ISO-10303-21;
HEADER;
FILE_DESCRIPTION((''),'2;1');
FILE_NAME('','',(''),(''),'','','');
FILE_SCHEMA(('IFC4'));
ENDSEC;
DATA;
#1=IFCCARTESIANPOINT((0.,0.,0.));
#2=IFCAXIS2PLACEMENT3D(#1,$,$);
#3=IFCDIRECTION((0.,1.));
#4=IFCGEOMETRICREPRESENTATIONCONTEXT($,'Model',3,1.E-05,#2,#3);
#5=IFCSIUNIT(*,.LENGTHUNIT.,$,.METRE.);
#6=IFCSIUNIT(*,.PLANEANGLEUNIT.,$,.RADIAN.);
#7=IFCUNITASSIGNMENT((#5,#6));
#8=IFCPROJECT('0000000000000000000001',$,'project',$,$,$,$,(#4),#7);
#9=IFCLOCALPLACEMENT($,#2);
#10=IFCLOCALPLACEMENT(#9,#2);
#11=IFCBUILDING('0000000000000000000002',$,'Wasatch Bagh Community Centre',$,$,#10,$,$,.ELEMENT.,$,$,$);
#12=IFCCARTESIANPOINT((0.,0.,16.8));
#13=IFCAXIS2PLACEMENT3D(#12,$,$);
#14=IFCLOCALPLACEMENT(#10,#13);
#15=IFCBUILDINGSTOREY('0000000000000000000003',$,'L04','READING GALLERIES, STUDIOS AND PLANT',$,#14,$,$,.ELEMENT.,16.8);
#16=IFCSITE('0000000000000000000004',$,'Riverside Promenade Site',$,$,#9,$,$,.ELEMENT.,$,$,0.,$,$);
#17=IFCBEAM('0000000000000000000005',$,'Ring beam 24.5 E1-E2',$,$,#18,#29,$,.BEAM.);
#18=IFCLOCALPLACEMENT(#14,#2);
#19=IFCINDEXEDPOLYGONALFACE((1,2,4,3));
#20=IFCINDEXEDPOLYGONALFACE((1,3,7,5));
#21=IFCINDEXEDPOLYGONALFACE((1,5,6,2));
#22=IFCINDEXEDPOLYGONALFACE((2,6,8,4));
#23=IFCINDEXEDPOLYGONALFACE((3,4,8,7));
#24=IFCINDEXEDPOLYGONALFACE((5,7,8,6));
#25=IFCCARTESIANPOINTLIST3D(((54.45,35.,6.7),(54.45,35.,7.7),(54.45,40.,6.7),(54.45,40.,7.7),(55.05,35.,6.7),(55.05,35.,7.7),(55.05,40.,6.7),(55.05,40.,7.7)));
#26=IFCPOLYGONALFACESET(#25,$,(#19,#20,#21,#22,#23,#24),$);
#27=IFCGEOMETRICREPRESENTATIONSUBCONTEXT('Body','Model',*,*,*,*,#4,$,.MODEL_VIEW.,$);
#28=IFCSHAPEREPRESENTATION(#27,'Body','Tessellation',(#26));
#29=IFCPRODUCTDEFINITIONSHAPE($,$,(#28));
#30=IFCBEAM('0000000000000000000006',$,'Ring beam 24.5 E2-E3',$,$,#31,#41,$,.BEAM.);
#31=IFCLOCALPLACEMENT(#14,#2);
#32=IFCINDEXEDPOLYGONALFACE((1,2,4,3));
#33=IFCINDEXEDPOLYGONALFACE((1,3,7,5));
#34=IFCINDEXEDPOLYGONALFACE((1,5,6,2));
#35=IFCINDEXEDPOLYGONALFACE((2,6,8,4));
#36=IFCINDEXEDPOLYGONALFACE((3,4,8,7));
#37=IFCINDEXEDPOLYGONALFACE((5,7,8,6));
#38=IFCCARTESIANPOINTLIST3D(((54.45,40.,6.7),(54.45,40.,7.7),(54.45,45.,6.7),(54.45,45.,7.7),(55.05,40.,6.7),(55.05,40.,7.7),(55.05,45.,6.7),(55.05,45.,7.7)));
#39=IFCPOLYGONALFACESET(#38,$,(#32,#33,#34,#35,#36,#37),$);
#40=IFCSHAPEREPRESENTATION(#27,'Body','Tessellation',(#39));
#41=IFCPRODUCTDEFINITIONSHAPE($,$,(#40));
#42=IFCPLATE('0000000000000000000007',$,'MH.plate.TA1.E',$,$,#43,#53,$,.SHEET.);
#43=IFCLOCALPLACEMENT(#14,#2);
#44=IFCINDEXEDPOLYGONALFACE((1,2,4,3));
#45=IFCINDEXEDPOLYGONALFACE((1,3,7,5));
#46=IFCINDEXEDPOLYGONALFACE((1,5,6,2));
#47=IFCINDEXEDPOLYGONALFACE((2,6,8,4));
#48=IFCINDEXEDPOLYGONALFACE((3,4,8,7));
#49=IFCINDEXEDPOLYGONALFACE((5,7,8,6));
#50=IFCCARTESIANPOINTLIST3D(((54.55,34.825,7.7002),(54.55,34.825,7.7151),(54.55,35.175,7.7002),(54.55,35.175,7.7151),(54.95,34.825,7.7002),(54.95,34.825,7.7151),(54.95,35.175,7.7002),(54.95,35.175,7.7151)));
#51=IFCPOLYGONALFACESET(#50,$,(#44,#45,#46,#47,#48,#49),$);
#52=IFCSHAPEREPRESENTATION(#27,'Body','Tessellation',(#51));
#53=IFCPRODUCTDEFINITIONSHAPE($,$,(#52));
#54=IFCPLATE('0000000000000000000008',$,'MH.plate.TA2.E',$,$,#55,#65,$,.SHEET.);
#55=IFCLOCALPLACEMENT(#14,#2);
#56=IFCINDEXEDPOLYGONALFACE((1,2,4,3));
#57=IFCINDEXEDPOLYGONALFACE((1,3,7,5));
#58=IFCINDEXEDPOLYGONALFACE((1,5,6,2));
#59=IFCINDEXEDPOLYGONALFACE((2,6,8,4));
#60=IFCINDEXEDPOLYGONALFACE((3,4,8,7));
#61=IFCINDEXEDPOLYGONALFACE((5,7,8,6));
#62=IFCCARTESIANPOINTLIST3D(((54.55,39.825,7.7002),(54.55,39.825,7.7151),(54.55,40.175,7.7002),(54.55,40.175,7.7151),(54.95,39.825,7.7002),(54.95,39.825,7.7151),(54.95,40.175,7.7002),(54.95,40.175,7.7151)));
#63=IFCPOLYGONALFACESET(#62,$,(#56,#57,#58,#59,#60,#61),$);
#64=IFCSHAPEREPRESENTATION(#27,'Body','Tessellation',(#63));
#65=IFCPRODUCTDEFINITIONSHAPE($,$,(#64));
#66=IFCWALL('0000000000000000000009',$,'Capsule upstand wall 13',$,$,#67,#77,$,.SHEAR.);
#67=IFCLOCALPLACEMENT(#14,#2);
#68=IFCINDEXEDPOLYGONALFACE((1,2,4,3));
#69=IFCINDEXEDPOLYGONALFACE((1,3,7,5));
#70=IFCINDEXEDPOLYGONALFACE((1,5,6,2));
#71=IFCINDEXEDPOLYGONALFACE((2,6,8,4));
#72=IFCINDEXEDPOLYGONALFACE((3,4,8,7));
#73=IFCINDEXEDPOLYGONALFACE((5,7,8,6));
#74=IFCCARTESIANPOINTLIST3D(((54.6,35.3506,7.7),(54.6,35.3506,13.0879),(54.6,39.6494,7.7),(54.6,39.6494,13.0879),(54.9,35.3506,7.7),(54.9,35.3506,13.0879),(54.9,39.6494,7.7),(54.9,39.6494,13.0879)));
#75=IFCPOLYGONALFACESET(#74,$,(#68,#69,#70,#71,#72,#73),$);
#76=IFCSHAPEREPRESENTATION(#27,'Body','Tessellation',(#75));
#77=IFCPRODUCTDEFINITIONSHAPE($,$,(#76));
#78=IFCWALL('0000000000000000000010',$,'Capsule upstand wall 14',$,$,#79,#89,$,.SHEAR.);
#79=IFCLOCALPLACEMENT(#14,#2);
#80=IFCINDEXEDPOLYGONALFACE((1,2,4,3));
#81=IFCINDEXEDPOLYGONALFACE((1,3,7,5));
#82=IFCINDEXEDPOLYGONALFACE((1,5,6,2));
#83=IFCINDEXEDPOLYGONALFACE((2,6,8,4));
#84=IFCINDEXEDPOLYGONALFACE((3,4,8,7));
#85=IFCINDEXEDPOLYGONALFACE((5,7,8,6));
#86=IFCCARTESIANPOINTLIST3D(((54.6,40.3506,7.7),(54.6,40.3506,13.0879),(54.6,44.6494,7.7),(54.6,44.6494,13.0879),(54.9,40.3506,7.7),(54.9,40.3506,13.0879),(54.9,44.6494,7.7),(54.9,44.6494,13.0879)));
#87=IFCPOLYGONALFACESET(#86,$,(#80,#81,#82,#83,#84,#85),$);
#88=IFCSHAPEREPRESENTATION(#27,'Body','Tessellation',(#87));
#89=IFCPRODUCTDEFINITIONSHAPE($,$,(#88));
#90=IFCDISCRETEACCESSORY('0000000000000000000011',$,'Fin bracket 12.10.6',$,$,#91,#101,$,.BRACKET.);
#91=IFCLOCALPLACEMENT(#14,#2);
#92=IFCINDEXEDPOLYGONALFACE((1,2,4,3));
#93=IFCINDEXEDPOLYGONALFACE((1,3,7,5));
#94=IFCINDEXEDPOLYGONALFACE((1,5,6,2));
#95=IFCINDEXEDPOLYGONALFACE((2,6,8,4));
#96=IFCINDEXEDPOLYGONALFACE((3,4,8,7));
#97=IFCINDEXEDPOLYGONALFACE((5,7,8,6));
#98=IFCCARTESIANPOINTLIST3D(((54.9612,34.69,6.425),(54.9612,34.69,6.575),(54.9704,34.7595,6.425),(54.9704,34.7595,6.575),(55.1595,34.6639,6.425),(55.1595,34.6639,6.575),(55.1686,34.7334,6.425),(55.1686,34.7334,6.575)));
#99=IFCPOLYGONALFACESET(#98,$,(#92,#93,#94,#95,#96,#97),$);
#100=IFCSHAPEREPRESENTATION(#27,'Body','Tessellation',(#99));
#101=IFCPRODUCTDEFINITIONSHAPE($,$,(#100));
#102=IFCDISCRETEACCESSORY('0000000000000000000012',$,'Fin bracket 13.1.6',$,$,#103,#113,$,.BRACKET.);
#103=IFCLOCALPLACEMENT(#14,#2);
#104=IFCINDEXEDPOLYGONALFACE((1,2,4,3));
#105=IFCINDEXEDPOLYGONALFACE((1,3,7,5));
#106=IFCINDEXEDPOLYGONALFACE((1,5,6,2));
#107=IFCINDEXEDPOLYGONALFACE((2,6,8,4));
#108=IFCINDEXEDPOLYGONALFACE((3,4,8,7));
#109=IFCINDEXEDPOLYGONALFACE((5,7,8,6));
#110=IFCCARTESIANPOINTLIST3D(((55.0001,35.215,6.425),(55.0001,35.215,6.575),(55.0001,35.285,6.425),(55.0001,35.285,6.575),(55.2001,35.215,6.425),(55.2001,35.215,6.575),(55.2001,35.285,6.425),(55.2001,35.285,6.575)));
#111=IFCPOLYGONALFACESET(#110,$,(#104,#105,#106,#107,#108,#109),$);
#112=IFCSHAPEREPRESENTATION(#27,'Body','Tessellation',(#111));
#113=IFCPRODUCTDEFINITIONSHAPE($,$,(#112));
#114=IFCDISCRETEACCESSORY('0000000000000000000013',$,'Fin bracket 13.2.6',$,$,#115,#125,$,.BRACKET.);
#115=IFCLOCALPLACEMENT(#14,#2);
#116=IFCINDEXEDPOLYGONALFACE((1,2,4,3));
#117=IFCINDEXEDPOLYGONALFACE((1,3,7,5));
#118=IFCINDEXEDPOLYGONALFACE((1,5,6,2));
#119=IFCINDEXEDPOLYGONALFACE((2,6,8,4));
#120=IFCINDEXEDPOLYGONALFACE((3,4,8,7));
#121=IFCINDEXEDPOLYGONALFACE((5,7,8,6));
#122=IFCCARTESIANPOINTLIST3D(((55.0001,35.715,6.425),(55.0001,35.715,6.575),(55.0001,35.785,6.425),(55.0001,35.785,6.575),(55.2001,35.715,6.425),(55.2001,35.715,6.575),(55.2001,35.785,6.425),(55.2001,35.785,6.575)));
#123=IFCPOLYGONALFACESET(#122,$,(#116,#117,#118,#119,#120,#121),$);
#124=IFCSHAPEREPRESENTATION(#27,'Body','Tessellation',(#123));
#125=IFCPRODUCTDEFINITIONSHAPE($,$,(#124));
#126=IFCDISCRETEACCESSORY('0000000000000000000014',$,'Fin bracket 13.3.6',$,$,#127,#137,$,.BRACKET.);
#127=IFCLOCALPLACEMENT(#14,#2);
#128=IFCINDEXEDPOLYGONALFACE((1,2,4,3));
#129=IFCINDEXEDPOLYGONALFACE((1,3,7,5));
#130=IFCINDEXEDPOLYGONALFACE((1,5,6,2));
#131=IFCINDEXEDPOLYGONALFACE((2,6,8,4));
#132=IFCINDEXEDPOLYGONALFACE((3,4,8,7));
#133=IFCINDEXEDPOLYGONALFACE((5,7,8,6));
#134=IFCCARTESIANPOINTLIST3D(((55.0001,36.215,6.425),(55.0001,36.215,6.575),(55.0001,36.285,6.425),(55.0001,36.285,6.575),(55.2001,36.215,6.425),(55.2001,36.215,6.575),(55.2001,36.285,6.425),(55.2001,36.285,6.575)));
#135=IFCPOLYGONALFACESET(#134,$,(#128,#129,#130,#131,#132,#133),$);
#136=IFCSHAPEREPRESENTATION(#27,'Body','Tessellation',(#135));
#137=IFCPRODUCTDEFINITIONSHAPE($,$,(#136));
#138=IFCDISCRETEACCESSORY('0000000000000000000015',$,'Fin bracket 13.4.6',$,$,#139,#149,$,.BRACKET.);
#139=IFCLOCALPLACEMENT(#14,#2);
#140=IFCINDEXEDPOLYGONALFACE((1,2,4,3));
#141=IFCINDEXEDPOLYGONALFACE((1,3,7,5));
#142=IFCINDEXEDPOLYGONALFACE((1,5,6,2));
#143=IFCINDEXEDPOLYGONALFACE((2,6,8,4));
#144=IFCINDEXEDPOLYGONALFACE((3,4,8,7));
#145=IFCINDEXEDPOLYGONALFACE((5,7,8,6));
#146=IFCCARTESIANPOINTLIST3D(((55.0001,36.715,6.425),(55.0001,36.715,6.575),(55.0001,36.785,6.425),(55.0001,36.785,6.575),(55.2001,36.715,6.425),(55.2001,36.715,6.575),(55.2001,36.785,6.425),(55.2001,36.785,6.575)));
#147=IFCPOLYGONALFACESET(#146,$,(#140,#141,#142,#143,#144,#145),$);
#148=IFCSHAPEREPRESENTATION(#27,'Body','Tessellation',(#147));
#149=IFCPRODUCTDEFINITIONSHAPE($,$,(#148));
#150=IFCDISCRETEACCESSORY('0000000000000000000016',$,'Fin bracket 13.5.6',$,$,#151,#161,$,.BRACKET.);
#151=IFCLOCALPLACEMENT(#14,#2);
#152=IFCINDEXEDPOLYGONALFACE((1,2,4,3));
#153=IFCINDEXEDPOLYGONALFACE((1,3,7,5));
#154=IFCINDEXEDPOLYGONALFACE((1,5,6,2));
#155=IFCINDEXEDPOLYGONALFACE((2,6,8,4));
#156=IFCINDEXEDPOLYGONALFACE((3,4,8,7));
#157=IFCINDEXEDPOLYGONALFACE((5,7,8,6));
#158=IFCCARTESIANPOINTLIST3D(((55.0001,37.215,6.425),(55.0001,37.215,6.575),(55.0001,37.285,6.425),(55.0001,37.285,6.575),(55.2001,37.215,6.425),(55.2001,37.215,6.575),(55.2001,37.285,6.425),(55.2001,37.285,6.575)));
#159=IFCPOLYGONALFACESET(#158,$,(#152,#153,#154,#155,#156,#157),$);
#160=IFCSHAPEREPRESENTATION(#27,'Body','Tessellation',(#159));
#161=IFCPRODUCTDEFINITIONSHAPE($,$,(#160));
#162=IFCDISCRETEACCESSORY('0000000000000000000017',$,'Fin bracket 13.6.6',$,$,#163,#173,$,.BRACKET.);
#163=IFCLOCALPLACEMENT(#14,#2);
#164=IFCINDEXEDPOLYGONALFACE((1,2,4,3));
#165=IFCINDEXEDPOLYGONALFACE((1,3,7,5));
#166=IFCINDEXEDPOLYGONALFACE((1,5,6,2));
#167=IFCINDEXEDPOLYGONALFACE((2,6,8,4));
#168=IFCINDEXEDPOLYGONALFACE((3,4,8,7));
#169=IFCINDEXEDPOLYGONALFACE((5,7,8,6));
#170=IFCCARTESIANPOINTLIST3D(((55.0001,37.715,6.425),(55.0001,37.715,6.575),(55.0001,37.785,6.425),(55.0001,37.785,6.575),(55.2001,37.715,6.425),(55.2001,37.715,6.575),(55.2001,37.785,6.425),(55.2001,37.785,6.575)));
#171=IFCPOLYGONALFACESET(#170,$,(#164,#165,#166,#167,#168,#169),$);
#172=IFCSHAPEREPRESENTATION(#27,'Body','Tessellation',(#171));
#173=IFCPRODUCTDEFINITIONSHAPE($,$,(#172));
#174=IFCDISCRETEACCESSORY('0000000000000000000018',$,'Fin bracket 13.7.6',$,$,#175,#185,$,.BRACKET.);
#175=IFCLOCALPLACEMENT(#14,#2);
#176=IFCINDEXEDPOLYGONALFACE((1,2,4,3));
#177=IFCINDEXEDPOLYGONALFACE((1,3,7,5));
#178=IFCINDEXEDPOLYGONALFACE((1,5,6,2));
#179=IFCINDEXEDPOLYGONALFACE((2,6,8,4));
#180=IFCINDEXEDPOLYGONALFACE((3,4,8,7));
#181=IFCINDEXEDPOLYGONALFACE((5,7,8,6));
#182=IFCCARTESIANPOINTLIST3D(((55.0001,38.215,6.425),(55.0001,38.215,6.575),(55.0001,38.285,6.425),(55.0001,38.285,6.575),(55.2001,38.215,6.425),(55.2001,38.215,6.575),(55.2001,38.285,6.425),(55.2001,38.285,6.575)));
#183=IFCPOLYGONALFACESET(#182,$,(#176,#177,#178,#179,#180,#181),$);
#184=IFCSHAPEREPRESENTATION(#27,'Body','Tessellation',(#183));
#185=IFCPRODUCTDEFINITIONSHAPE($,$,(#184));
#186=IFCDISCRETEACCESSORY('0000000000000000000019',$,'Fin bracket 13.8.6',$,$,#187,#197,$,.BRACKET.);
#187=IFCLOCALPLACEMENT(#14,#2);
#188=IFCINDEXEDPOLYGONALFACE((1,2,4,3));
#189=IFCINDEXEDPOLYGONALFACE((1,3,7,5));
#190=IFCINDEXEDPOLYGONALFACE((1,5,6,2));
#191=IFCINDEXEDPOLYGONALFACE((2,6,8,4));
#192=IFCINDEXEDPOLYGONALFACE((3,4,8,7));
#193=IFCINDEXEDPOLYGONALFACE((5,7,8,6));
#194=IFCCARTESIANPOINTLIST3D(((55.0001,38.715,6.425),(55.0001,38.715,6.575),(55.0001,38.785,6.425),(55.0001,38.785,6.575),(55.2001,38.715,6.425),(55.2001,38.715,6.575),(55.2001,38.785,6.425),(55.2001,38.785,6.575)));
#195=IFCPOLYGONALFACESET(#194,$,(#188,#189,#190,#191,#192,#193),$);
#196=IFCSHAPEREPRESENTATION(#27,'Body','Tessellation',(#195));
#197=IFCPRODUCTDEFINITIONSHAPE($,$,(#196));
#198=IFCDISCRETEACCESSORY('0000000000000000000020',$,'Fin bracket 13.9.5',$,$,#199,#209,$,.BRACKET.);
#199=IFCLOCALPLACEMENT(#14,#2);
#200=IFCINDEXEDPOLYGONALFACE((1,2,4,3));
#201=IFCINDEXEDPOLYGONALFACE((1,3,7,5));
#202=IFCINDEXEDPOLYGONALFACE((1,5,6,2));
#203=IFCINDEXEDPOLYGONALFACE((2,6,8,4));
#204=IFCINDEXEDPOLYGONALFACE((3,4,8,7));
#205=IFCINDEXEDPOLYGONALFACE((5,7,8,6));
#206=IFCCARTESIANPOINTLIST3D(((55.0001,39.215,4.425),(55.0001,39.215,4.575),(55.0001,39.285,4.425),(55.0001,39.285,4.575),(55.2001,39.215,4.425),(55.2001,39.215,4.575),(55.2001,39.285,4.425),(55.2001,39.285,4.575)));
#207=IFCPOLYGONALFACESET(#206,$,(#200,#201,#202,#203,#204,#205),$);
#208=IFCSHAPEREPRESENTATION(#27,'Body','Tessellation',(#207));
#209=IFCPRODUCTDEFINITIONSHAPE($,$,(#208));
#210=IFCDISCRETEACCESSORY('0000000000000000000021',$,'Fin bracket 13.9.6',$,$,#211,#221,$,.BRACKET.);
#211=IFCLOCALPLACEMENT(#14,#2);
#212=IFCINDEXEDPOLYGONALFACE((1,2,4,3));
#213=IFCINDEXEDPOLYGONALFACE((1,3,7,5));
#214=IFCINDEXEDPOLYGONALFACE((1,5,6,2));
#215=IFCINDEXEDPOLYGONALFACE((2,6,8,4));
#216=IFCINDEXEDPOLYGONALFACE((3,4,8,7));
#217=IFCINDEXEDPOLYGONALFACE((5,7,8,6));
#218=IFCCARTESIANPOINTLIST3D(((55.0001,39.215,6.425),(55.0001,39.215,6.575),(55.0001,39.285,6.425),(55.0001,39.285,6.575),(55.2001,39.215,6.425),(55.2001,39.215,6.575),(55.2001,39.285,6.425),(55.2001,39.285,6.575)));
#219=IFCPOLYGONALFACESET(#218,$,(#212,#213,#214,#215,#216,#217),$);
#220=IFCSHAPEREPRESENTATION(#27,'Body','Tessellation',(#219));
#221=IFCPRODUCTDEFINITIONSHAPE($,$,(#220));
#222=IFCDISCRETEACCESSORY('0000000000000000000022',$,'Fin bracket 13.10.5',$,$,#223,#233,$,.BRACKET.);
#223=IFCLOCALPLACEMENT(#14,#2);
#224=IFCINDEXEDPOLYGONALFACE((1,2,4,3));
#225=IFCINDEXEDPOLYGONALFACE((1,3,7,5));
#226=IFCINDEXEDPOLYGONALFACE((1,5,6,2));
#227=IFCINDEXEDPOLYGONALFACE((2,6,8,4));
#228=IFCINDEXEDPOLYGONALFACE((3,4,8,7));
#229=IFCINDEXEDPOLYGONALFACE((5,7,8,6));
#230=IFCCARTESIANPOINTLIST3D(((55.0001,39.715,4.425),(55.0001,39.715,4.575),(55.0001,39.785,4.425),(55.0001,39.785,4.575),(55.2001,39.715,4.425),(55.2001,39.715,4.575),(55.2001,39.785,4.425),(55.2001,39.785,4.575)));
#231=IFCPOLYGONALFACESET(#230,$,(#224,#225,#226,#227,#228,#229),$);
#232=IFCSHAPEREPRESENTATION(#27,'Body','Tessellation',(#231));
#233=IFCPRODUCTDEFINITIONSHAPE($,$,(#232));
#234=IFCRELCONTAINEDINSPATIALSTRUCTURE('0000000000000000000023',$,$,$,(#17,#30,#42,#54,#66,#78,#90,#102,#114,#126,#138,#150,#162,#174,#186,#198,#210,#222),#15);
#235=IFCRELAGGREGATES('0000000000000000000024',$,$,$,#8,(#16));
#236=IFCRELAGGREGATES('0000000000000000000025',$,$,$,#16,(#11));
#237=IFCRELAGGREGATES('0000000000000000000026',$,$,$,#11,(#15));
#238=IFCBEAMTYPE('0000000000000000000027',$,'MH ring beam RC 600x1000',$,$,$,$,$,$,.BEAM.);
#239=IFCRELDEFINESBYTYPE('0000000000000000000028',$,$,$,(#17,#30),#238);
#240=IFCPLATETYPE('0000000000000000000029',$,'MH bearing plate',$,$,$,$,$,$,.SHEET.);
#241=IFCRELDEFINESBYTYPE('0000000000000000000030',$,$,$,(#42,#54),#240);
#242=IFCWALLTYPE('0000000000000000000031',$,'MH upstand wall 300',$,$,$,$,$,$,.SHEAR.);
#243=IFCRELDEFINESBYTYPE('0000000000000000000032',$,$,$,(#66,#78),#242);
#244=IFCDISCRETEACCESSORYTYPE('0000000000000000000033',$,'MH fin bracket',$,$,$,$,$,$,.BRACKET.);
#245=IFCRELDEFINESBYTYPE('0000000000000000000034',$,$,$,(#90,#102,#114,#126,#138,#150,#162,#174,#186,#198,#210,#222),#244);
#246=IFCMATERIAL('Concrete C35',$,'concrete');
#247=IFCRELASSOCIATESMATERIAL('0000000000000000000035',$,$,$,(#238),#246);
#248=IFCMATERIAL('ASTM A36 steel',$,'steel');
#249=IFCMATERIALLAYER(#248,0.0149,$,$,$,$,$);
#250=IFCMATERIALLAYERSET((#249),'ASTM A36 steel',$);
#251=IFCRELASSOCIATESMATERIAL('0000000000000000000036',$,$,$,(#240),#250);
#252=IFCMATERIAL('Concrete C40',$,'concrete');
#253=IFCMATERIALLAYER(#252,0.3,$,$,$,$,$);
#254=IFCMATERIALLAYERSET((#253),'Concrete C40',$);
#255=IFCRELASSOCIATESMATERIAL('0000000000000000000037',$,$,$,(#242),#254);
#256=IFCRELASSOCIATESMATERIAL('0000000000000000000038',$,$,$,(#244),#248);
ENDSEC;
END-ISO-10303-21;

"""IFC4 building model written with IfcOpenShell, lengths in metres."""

from ifc_helpers import new_model, si_unit, direction, frame, frame_2d, origin, origin_2d, place, context, subcontext, project, spatial, rectangle, extrude, material, layer, layer_set, material_profile, profile_set, type_object, element, save


model = new_model("IFC4")

# Units and contexts
model_context = context("Model", 3, precision=1e-05, world=origin(), true_north=direction((0.0, 1.0)))
body_context = subcontext(model_context, "Body", "Model", "MODEL_VIEW")
ifc_project = project(units=[si_unit("LENGTHUNIT", "METRE"), si_unit("PLANEANGLEUNIT", "RADIAN")], contexts=[model_context])

# Site, building, storey
site_placement = place(None, origin())
site = spatial("IfcSite", under=ifc_project, at=site_placement, Name="Riverside Promenade Site", CompositionType="ELEMENT", RefElevation=0.0)
building_placement = place(site_placement, origin())
building = spatial("IfcBuilding", under=site, at=building_placement, Name="Wasatch Bagh Community Centre", CompositionType="ELEMENT")
storey_placement = place(building_placement, frame((0.0, 0.0, 16.8)))
storey = spatial("IfcBuildingStorey", under=building, at=storey_placement, Name="L04", Description="READING GALLERIES, STUDIOS AND PLANT", CompositionType="ELEMENT", Elevation=16.8)

# Beams
ifc_material_1 = material(Name="Concrete C35", Category="concrete")
ifc_material_profile = material_profile(ifc_material_1, rectangle(XDim=0.6001, YDim=1.0, at=origin_2d()), Name="RC 600x1000")
ifc_profile_set = profile_set([ifc_material_profile], Name="Concrete C35")
beam_type = type_object("IfcBeamType", Name="MH ring beam RC 600x1000", PredefinedType="BEAM", material=ifc_profile_set)
for number, where, z_axis, x_axis, name in (
    (1, (54.75, 35.0, 7.2), (0.0, 1.0, 0.0), (-1.0, 0.0, 0.0), "Ring beam 24.5 E1-E2"),
    (2, (54.75, 40.0, 7.2), (0.0, 1.0, 0.0), (-1.0, 0.0, 0.0), "Ring beam 24.5 E2-E3"),
):
    element("IfcBeam", number, at=place(storey_placement, frame(where, z_axis=z_axis, x_axis=x_axis)), inside=storey, type_object=beam_type, Name=name, PredefinedType="BEAM", context=body_context, shape_type="SweptSolid", body=[
        extrude(rectangle(XDim=0.6001, YDim=1.0, at=origin_2d()), origin(), (0.0, 0.0, 1.0), 5.0),
    ])

# Plates
ifc_material_2 = material(Name="ASTM A36 steel", Category="steel")
ifc_layer_1 = layer(ifc_material_2, 0.0149)
ifc_layer_set_1 = layer_set([ifc_layer_1], Name="ASTM A36 steel")
plate_type = type_object("IfcPlateType", Name="MH bearing plate", PredefinedType="SHEET", material=ifc_layer_set_1)
for number, where, z_axis, x_axis, name in (
    (3, (54.75, 35.0, 7.7002), (0.0, 0.0, 1.0), (1.0, 0.0, 0.0), "MH.plate.TA1.E"),
    (4, (54.75, 40.0, 7.7002), (0.0, 0.0, 1.0), (1.0, 0.0, 0.0), "MH.plate.TA2.E"),
):
    element("IfcPlate", number, at=place(storey_placement, frame(where, z_axis=z_axis, x_axis=x_axis)), inside=storey, type_object=plate_type, Name=name, PredefinedType="SHEET", context=body_context, shape_type="SweptSolid", body=[
        extrude(rectangle(XDim=0.3999, YDim=0.3501, at=origin_2d()), origin(), (0.0, 0.0, 1.0), 0.0149),
    ])

# Walls
ifc_material_3 = material(Name="Concrete C40", Category="concrete")
ifc_layer_2 = layer(ifc_material_3, 0.3)
ifc_layer_set_2 = layer_set([ifc_layer_2], Name="Concrete C40")
wall_type = type_object("IfcWallType", Name="MH upstand wall 300", PredefinedType="SHEAR", material=ifc_layer_set_2)
for number, where, z_axis, x_axis, name in (
    (5, (54.75, 35.3506, 7.7), (0.0, 0.0, 1.0), (0.0, 1.0, 0.0), "Capsule upstand wall 13"),
    (6, (54.75, 40.3506, 7.7), (0.0, 0.0, 1.0), (0.0, 1.0, 0.0), "Capsule upstand wall 14"),
):
    element("IfcWall", number, at=place(storey_placement, frame(where, z_axis=z_axis, x_axis=x_axis)), inside=storey, type_object=wall_type, Name=name, PredefinedType="SHEAR", context=body_context, shape_type="SweptSolid", body=[
        extrude(rectangle(XDim=4.2988, YDim=0.3, at=frame_2d((2.1494, 0.0))), origin(), (0.0, 0.0, 1.0), 5.3879),
    ])

# Discrete accessories
discrete_accessory_type_1 = type_object("IfcDiscreteAccessoryType", Name="MH fin bracket", PredefinedType="BRACKET", material=ifc_material_2)
for number, where, z_axis, x_axis, name in (
    (7, (55.0649, 34.7117, 6.425), (0.0, 0.0, 1.0), (0.130526, 0.991445, 0.0), "Fin bracket 12.10.6"),
    (8, (55.1001, 35.25, 6.425), (0.0, 0.0, 1.0), (0.0, 1.0, 0.0), "Fin bracket 13.1.6"),
    (9, (55.1001, 35.75, 6.425), (0.0, 0.0, 1.0), (0.0, 1.0, 0.0), "Fin bracket 13.2.6"),
    (10, (55.1001, 36.25, 6.425), (0.0, 0.0, 1.0), (0.0, 1.0, 0.0), "Fin bracket 13.3.6"),
    (11, (55.1001, 36.75, 6.425), (0.0, 0.0, 1.0), (0.0, 1.0, 0.0), "Fin bracket 13.4.6"),
    (12, (55.1001, 37.25, 6.425), (0.0, 0.0, 1.0), (0.0, 1.0, 0.0), "Fin bracket 13.5.6"),
    (13, (55.1001, 37.75, 6.425), (0.0, 0.0, 1.0), (0.0, 1.0, 0.0), "Fin bracket 13.6.6"),
    (14, (55.1001, 38.25, 6.425), (0.0, 0.0, 1.0), (0.0, 1.0, 0.0), "Fin bracket 13.7.6"),
    (15, (55.1001, 38.75, 6.425), (0.0, 0.0, 1.0), (0.0, 1.0, 0.0), "Fin bracket 13.8.6"),
    (16, (55.1001, 39.25, 4.425), (0.0, 0.0, 1.0), (0.0, 1.0, 0.0), "Fin bracket 13.9.5"),
    (17, (55.1001, 39.25, 6.425), (0.0, 0.0, 1.0), (0.0, 1.0, 0.0), "Fin bracket 13.9.6"),
    (18, (55.1001, 39.75, 4.425), (0.0, 0.0, 1.0), (0.0, 1.0, 0.0), "Fin bracket 13.10.5"),
):
    element("IfcDiscreteAccessory", number, at=place(storey_placement, frame(where, z_axis=z_axis, x_axis=x_axis)), inside=storey, type_object=discrete_accessory_type_1, Name=name, PredefinedType="BRACKET", context=body_context, shape_type="SweptSolid", body=[
        extrude(rectangle(XDim=0.0701, YDim=0.2, at=origin_2d()), origin(), (0.0, 0.0, 1.0), 0.1499),
    ])

save(model, "model.ifc")
